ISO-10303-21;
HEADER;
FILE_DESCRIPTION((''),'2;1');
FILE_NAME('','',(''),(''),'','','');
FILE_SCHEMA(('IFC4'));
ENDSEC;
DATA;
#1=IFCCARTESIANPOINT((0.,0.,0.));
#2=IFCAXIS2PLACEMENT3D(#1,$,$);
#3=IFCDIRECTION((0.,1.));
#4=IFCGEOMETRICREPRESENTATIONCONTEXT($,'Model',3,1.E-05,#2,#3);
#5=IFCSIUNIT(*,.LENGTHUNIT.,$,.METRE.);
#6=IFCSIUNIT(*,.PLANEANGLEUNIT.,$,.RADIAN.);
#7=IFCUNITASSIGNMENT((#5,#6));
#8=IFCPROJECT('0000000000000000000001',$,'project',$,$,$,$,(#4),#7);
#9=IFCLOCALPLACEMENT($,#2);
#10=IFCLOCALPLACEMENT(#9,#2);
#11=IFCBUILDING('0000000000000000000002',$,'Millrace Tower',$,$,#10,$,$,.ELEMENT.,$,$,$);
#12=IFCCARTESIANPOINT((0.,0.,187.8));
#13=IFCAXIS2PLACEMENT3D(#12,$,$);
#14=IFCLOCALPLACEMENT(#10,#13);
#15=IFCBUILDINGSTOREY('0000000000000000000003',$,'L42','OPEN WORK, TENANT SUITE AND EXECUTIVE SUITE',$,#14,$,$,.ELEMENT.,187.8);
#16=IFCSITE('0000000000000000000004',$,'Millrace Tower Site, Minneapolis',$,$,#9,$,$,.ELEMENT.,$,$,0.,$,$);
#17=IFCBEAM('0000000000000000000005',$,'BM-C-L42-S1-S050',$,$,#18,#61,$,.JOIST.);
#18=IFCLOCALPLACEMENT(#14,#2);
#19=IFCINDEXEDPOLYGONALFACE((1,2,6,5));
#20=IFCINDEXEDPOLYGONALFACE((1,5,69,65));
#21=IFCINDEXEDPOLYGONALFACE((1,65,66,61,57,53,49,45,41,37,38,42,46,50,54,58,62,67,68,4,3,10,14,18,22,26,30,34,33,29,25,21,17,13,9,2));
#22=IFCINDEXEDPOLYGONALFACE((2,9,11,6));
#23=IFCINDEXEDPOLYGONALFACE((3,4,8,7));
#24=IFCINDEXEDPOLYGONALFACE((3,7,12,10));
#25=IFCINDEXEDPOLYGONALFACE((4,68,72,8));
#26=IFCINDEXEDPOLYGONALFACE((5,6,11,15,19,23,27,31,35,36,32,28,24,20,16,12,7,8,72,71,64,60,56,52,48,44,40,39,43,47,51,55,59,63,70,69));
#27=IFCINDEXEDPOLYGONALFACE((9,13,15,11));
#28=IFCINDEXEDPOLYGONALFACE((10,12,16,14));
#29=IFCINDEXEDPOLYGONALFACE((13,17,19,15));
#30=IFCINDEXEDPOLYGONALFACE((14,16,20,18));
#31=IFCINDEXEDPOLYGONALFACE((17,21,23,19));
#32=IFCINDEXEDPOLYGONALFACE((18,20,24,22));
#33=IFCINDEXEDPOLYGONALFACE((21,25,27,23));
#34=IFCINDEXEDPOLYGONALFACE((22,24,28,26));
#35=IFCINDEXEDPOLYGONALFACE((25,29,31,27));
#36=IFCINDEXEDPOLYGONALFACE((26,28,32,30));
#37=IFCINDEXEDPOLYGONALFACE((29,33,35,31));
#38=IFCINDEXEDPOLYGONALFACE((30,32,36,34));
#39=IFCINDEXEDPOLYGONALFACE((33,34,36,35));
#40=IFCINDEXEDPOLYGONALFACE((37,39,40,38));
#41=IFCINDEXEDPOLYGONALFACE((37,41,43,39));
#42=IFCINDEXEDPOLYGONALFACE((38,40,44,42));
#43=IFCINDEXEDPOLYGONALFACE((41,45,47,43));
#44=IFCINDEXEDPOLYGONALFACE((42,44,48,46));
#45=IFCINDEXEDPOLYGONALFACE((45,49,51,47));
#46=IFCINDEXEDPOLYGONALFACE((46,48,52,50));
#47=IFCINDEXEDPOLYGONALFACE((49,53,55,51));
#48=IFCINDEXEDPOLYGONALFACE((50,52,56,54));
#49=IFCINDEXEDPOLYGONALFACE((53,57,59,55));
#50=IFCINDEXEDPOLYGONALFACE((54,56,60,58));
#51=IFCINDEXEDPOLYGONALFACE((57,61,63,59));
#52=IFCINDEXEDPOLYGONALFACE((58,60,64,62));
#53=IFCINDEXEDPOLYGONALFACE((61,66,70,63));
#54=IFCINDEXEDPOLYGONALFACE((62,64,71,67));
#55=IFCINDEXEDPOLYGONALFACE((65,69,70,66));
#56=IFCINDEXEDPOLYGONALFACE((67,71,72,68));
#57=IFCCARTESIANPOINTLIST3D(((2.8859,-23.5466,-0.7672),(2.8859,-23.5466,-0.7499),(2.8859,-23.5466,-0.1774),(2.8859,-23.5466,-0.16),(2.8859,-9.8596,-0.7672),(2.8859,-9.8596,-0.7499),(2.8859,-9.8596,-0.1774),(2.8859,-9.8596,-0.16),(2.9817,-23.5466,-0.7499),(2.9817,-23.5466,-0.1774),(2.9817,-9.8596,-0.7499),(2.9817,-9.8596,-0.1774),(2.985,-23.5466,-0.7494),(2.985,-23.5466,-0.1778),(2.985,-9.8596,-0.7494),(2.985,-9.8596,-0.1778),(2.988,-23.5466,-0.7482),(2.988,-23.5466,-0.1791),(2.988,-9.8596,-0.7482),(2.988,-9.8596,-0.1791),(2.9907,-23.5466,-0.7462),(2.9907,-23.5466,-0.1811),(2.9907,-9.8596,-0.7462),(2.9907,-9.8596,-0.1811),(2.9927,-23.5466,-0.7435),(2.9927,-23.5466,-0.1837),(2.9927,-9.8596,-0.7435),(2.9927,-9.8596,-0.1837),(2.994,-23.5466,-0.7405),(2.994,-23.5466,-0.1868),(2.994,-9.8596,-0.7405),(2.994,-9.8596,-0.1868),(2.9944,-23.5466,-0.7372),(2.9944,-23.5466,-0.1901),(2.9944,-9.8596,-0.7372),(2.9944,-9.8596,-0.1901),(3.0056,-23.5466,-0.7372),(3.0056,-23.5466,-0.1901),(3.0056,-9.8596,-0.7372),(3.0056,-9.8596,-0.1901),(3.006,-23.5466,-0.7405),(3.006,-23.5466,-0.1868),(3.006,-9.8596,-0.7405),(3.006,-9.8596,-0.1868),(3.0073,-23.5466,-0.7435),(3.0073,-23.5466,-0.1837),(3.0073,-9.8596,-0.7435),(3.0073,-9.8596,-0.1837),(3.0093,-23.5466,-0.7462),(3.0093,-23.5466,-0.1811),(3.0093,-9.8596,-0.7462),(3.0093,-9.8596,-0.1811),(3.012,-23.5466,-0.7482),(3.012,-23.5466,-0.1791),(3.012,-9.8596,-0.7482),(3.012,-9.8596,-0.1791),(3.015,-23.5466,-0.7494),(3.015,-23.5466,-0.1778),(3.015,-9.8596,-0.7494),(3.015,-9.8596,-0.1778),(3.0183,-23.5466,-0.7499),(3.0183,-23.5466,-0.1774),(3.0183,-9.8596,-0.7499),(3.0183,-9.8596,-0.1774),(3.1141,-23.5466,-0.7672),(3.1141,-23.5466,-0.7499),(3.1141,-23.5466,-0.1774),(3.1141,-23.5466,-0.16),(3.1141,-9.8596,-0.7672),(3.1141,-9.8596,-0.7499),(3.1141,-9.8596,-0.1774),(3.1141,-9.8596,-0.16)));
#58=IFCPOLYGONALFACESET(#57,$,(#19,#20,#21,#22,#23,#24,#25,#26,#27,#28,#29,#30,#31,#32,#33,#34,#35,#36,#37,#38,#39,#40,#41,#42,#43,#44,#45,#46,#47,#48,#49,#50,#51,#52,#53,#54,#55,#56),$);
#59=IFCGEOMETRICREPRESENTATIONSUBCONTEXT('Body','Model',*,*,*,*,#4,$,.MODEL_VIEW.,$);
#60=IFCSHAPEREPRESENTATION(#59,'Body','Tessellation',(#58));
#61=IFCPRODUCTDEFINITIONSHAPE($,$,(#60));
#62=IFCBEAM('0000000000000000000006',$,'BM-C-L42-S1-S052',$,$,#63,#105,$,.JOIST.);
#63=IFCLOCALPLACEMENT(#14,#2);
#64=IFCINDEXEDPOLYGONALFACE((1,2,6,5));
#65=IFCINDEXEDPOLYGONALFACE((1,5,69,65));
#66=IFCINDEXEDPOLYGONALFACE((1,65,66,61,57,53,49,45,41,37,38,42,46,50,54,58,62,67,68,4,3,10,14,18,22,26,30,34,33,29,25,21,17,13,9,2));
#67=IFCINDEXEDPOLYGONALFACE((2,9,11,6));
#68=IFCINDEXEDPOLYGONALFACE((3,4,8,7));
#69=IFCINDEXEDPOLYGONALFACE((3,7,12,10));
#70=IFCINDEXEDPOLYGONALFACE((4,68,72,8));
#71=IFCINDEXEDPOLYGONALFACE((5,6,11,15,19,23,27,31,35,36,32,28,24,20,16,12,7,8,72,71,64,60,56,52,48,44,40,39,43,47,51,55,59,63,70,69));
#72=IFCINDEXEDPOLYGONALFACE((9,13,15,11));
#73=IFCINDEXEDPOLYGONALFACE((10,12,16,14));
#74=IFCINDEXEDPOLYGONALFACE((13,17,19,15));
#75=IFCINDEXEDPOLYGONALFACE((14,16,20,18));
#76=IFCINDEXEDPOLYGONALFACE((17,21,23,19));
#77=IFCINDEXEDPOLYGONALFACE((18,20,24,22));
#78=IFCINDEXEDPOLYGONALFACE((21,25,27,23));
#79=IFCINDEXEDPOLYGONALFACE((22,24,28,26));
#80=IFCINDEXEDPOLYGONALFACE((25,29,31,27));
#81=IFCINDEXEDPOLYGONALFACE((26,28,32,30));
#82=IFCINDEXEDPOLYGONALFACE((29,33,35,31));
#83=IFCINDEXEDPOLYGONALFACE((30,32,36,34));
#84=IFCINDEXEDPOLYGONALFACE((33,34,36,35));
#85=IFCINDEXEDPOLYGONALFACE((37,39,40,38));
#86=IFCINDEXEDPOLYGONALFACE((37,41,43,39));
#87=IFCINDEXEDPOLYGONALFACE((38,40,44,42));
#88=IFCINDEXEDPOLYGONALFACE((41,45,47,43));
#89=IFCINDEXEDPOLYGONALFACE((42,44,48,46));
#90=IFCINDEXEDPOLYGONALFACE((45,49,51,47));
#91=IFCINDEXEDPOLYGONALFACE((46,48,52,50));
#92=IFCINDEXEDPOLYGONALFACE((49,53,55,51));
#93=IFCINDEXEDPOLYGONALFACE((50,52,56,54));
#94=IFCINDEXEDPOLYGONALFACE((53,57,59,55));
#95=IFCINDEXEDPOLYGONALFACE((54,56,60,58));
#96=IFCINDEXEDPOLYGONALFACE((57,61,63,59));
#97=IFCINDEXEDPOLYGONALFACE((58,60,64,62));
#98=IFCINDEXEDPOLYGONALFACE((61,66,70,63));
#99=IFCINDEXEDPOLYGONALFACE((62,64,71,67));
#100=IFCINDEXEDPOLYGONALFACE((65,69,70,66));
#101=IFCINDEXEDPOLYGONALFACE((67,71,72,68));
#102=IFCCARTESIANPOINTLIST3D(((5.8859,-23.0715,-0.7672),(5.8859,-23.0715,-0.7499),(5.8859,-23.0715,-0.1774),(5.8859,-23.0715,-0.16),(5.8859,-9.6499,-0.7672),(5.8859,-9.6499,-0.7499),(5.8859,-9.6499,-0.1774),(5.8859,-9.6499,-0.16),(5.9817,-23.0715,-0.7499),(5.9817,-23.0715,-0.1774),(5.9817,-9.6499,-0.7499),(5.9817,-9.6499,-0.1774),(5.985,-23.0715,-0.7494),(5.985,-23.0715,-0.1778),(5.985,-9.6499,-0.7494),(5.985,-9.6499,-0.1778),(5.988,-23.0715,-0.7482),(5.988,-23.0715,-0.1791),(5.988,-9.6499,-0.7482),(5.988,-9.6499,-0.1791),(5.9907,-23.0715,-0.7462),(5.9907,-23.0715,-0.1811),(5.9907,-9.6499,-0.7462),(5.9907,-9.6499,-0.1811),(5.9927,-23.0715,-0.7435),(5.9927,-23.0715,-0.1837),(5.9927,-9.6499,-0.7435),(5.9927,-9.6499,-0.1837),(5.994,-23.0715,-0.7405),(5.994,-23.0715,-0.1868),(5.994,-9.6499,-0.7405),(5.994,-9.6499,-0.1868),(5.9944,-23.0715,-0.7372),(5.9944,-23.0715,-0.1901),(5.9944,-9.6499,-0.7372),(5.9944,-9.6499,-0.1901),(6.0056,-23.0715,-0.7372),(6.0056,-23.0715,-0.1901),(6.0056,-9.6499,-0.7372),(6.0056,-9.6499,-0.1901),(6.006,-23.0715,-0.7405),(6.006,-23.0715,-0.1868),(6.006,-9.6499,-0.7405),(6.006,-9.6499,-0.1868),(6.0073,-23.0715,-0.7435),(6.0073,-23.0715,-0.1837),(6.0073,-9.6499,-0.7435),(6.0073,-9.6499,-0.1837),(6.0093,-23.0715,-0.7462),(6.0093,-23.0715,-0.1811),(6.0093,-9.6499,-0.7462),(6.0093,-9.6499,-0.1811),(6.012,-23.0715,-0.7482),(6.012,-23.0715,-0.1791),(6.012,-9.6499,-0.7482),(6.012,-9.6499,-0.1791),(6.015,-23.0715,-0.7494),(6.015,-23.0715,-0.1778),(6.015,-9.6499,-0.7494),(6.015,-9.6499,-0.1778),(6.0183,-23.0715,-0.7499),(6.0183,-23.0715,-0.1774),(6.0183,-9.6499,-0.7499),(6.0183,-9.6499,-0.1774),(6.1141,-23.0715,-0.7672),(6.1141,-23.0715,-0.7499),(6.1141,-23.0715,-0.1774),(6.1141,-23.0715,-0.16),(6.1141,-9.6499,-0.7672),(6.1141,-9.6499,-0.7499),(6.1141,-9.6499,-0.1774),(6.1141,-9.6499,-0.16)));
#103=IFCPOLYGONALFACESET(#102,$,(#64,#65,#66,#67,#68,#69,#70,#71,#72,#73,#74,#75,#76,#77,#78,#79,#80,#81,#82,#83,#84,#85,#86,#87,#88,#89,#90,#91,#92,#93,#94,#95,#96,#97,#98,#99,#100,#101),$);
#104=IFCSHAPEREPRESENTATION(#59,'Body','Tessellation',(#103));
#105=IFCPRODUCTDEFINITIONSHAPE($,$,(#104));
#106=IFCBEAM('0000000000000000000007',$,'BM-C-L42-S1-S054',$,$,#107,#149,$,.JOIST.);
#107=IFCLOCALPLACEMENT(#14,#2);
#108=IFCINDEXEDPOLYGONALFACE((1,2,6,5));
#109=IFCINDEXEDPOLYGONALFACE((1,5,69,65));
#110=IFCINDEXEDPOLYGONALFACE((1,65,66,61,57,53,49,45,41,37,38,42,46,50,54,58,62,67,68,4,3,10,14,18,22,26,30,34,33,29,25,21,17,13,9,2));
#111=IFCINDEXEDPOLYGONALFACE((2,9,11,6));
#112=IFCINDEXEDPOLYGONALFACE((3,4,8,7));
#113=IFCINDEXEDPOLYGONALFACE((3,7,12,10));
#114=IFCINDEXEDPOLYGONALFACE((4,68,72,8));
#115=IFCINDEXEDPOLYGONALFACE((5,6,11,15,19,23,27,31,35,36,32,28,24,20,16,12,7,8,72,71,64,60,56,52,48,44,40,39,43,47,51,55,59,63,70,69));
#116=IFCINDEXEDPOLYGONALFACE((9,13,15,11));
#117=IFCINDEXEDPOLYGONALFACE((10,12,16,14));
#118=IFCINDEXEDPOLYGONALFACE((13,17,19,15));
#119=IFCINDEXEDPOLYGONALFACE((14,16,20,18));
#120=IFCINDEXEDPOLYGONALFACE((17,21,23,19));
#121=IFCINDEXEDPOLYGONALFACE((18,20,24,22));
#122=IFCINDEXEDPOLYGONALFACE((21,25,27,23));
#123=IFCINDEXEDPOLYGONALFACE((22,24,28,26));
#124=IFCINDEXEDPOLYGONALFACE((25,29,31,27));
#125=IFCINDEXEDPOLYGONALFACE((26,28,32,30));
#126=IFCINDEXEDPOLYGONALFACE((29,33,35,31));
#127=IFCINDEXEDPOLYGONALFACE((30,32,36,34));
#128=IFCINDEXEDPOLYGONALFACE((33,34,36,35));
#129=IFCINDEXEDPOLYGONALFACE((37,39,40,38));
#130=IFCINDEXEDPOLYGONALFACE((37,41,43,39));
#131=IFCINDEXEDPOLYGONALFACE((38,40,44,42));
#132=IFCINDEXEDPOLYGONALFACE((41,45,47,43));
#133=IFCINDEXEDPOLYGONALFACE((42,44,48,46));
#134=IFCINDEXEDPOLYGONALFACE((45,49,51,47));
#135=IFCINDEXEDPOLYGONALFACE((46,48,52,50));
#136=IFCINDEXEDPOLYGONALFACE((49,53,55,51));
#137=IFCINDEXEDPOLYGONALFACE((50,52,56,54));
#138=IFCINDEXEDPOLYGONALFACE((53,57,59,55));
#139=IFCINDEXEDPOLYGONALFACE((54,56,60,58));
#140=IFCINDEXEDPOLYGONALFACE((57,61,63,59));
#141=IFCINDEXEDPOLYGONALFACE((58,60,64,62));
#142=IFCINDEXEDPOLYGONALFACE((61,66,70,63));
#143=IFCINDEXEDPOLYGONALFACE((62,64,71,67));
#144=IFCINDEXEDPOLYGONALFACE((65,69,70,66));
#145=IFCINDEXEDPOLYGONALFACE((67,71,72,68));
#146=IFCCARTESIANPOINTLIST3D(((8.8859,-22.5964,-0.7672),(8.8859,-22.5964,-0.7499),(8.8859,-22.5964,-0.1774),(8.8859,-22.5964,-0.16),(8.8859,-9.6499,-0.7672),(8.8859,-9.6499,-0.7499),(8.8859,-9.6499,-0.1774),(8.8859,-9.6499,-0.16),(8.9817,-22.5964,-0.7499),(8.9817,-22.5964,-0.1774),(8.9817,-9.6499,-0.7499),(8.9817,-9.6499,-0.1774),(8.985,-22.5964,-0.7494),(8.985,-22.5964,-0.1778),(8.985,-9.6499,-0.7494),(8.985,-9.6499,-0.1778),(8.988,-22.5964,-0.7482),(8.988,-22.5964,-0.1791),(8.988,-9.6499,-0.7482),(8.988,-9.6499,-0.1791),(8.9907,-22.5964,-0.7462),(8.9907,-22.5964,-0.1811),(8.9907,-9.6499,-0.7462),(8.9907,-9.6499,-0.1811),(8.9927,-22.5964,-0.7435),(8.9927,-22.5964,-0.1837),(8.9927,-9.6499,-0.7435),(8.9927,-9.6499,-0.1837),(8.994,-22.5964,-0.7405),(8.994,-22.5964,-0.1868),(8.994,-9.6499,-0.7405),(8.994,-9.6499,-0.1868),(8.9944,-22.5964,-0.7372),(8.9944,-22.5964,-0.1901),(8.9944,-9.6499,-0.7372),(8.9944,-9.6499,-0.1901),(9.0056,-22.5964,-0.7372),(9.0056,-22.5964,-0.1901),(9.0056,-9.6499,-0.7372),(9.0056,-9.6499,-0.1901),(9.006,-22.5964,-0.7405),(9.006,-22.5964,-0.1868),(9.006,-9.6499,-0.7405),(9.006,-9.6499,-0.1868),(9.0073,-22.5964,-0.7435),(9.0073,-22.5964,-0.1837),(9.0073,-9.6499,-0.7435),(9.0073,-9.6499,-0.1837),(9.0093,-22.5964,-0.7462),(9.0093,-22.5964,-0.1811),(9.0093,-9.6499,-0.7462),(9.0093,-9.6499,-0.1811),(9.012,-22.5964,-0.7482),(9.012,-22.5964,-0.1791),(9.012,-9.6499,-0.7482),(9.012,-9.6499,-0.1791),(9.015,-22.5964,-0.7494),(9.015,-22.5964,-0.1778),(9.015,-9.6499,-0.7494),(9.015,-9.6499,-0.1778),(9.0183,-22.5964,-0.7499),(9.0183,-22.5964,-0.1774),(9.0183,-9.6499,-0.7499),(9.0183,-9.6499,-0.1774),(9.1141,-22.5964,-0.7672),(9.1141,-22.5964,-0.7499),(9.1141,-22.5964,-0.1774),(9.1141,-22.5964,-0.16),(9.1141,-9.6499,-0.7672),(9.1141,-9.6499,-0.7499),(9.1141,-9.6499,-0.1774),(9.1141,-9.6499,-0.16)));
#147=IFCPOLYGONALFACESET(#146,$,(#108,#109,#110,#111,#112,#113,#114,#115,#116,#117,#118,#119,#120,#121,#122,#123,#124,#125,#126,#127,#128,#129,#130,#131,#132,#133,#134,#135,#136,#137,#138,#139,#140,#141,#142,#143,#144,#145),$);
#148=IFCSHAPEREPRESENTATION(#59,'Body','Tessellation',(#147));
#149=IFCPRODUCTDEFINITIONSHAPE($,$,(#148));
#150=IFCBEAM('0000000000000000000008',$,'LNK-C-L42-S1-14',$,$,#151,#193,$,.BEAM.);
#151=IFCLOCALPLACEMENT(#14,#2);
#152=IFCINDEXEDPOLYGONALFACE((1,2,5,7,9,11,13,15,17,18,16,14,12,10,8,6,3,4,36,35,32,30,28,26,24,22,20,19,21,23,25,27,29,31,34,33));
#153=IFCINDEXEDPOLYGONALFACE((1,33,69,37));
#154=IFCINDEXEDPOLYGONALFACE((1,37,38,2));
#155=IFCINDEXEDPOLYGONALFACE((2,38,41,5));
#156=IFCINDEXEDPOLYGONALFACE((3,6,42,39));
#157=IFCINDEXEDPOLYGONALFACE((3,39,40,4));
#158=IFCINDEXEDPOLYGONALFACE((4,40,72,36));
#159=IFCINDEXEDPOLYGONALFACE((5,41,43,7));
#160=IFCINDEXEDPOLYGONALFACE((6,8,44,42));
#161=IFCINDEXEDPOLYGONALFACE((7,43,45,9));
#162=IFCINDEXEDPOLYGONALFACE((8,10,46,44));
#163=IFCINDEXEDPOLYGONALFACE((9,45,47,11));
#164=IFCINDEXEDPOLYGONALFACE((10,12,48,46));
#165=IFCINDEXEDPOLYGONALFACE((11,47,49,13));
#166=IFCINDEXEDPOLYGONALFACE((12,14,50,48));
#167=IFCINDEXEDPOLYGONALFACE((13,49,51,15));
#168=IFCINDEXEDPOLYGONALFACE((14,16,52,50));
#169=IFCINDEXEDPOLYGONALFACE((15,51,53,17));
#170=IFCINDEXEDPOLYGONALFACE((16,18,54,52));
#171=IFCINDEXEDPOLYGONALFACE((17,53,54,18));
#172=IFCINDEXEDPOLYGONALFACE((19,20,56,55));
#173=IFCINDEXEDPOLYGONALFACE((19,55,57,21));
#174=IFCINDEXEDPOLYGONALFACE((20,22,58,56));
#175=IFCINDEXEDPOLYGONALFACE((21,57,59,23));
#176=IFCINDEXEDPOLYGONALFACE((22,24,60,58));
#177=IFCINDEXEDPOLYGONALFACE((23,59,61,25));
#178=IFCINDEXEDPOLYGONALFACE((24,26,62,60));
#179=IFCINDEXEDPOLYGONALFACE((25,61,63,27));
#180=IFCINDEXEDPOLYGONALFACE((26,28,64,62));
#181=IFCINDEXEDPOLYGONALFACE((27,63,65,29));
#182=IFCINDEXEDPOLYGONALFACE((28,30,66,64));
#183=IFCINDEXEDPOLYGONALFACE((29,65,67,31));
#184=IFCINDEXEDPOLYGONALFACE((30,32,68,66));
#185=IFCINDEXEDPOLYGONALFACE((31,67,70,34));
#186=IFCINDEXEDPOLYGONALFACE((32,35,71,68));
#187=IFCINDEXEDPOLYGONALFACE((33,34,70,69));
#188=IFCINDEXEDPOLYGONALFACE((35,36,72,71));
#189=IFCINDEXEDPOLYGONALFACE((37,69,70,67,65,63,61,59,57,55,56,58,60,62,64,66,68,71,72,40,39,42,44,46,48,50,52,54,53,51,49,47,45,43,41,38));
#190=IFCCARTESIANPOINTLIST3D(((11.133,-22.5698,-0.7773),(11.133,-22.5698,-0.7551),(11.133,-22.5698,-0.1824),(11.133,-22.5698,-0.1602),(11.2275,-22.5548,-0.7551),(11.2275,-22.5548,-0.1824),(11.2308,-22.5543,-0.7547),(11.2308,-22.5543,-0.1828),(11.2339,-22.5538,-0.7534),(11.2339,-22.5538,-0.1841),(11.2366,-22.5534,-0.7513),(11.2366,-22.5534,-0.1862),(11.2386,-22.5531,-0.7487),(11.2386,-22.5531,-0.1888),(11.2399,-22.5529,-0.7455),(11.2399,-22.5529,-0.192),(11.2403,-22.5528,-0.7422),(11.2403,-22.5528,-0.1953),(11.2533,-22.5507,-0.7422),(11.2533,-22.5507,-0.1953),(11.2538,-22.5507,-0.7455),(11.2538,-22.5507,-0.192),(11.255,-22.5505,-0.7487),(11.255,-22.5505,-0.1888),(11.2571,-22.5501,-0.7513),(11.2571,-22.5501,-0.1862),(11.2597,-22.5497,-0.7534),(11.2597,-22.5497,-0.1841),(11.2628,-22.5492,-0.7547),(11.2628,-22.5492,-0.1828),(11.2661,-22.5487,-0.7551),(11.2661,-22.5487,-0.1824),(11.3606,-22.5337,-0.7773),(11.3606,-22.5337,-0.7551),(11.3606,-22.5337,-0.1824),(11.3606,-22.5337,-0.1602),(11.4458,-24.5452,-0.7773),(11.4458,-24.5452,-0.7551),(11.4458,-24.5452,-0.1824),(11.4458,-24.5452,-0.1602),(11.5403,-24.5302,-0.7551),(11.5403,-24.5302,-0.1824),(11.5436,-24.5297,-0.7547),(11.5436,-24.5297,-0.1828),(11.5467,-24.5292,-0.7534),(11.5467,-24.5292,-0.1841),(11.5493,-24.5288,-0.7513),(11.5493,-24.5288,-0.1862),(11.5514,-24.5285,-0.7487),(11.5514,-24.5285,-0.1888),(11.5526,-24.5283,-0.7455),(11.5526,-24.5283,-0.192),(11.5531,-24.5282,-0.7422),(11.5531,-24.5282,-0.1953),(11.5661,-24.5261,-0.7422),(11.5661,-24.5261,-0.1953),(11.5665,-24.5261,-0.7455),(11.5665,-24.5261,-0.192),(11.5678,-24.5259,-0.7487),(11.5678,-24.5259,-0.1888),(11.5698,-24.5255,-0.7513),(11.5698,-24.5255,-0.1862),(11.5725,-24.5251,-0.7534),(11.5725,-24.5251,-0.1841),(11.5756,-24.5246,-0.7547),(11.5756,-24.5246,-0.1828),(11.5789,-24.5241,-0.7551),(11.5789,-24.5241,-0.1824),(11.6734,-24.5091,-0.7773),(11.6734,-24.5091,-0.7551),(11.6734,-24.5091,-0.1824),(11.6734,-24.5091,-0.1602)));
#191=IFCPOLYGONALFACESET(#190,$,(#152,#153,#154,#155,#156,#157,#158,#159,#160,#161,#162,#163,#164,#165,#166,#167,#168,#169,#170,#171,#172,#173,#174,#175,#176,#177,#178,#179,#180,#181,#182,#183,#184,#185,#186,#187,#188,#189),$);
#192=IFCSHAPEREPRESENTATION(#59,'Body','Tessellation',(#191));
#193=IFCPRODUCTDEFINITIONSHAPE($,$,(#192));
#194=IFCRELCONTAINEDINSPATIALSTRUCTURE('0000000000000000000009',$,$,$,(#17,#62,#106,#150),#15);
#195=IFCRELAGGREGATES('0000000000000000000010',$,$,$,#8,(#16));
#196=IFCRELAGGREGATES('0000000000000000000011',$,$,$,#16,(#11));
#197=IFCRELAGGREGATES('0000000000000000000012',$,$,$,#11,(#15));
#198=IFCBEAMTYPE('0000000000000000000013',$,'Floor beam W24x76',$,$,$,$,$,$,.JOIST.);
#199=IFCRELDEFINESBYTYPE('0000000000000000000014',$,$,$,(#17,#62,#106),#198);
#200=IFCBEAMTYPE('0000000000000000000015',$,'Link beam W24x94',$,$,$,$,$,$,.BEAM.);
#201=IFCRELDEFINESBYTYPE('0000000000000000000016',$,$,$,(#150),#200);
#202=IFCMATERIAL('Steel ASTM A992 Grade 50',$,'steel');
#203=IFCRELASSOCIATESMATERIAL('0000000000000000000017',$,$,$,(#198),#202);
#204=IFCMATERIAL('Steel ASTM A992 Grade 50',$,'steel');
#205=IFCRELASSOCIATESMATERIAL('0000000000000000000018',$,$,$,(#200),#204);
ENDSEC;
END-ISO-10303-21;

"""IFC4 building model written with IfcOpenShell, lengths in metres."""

from ifc_helpers import new_model, si_unit, direction, frame, origin, origin_2d, place, context, subcontext, project, spatial, i_section, extrude, material, material_profile, profile_set, type_object, element, save


model = new_model("IFC4")

# Units and contexts
model_context = context("Model", 3, precision=1e-05, world=origin(), true_north=direction((0.0, 1.0)))
body_context = subcontext(model_context, "Body", "Model", "MODEL_VIEW")
ifc_project = project(units=[si_unit("LENGTHUNIT", "METRE"), si_unit("PLANEANGLEUNIT", "RADIAN")], contexts=[model_context])

# Site, building, storey
site_placement = place(None, origin())
site = spatial("IfcSite", under=ifc_project, at=site_placement, Name="Millrace Tower Site, Minneapolis", CompositionType="ELEMENT", RefElevation=0.0)
building_placement = place(site_placement, origin())
building = spatial("IfcBuilding", under=site, at=building_placement, Name="Millrace Tower", CompositionType="ELEMENT")
storey_placement = place(building_placement, frame((0.0, 0.0, 187.8)))
storey = spatial("IfcBuildingStorey", under=building, at=storey_placement, Name="L42", Description="OPEN WORK, TENANT SUITE AND EXECUTIVE SUITE", CompositionType="ELEMENT", Elevation=187.8)

# Beams
ifc_material_1 = material(Name="Steel ASTM A992 Grade 50", Category="steel")
ifc_material_profile_1 = material_profile(ifc_material_1, i_section(OverallWidth=0.2283, OverallDepth=0.6072, WebThickness=0.0112, FlangeThickness=0.0173, FilletRadius=0.0127, at=origin_2d()))
ifc_profile_set_1 = profile_set([ifc_material_profile_1], Name="Steel ASTM A992 Grade 50")
beam_type_1 = type_object("IfcBeamType", Name="Floor beam W24x76", PredefinedType="JOIST", material=ifc_profile_set_1)
beam_1_placement = place(storey_placement, frame((3.0, -23.5466, -0.4636), z_axis=(0.0, 1.0, 0.0), x_axis=(-1.0, 0.0, 0.0)))
element("IfcBeam", 1, at=beam_1_placement, inside=storey, type_object=beam_type_1, Name="BM-C-L42-S1-S050", PredefinedType="JOIST", context=body_context, shape_type="SweptSolid", body=[
    extrude(i_section(OverallWidth=0.2283, OverallDepth=0.6072, WebThickness=0.0112, FlangeThickness=0.0173, FilletRadius=0.0127, at=origin_2d()), origin(), (0.0, 0.0, 1.0), 13.687),
])
beam_2_placement = place(storey_placement, frame((6.0, -23.0715, -0.4636), z_axis=(0.0, 1.0, 0.0), x_axis=(-1.0, 0.0, 0.0)))
element("IfcBeam", 2, at=beam_2_placement, inside=storey, type_object=beam_type_1, Name="BM-C-L42-S1-S052", PredefinedType="JOIST", context=body_context, shape_type="SweptSolid", body=[
    extrude(i_section(OverallWidth=0.2283, OverallDepth=0.6072, WebThickness=0.0112, FlangeThickness=0.0173, FilletRadius=0.0127, at=origin_2d()), origin(), (0.0, 0.0, 1.0), 13.4216),
])
beam_3_placement = place(storey_placement, frame((9.0, -22.5964, -0.4636), z_axis=(0.0, 1.0, 0.0), x_axis=(-1.0, 0.0, 0.0)))
element("IfcBeam", 3, at=beam_3_placement, inside=storey, type_object=beam_type_1, Name="BM-C-L42-S1-S054", PredefinedType="JOIST", context=body_context, shape_type="SweptSolid", body=[
    extrude(i_section(OverallWidth=0.2283, OverallDepth=0.6072, WebThickness=0.0112, FlangeThickness=0.0173, FilletRadius=0.0127, at=origin_2d()), origin(), (0.0, 0.0, 1.0), 12.9465),
])
ifc_material_2 = material(Name="Steel ASTM A992 Grade 50", Category="steel")
ifc_material_profile_2 = material_profile(ifc_material_2, i_section(OverallWidth=0.2305, OverallDepth=0.6172, WebThickness=0.0132, FlangeThickness=0.0222, FilletRadius=0.0129, at=origin_2d()))
ifc_profile_set_2 = profile_set([ifc_material_profile_2], Name="Steel ASTM A992 Grade 50")
beam_type_2 = type_object("IfcBeamType", Name="Link beam W24x94", PredefinedType="BEAM", material=ifc_profile_set_2)
beam_4_placement = place(storey_placement, frame((11.2468, -22.5518, -0.4688), z_axis=(0.156376, -0.987698, 0.0), x_axis=(0.987698, 0.156376, 0.0)))
element("IfcBeam", 4, at=beam_4_placement, inside=storey, type_object=beam_type_2, Name="LNK-C-L42-S1-14", PredefinedType="BEAM", context=body_context, shape_type="SweptSolid", body=[
    extrude(i_section(OverallWidth=0.2305, OverallDepth=0.6172, WebThickness=0.0132, FlangeThickness=0.0222, FilletRadius=0.0129, at=origin_2d()), origin(), (0.0, 0.0, 1.0), 2.0),
])

save(model, "model.ifc")
